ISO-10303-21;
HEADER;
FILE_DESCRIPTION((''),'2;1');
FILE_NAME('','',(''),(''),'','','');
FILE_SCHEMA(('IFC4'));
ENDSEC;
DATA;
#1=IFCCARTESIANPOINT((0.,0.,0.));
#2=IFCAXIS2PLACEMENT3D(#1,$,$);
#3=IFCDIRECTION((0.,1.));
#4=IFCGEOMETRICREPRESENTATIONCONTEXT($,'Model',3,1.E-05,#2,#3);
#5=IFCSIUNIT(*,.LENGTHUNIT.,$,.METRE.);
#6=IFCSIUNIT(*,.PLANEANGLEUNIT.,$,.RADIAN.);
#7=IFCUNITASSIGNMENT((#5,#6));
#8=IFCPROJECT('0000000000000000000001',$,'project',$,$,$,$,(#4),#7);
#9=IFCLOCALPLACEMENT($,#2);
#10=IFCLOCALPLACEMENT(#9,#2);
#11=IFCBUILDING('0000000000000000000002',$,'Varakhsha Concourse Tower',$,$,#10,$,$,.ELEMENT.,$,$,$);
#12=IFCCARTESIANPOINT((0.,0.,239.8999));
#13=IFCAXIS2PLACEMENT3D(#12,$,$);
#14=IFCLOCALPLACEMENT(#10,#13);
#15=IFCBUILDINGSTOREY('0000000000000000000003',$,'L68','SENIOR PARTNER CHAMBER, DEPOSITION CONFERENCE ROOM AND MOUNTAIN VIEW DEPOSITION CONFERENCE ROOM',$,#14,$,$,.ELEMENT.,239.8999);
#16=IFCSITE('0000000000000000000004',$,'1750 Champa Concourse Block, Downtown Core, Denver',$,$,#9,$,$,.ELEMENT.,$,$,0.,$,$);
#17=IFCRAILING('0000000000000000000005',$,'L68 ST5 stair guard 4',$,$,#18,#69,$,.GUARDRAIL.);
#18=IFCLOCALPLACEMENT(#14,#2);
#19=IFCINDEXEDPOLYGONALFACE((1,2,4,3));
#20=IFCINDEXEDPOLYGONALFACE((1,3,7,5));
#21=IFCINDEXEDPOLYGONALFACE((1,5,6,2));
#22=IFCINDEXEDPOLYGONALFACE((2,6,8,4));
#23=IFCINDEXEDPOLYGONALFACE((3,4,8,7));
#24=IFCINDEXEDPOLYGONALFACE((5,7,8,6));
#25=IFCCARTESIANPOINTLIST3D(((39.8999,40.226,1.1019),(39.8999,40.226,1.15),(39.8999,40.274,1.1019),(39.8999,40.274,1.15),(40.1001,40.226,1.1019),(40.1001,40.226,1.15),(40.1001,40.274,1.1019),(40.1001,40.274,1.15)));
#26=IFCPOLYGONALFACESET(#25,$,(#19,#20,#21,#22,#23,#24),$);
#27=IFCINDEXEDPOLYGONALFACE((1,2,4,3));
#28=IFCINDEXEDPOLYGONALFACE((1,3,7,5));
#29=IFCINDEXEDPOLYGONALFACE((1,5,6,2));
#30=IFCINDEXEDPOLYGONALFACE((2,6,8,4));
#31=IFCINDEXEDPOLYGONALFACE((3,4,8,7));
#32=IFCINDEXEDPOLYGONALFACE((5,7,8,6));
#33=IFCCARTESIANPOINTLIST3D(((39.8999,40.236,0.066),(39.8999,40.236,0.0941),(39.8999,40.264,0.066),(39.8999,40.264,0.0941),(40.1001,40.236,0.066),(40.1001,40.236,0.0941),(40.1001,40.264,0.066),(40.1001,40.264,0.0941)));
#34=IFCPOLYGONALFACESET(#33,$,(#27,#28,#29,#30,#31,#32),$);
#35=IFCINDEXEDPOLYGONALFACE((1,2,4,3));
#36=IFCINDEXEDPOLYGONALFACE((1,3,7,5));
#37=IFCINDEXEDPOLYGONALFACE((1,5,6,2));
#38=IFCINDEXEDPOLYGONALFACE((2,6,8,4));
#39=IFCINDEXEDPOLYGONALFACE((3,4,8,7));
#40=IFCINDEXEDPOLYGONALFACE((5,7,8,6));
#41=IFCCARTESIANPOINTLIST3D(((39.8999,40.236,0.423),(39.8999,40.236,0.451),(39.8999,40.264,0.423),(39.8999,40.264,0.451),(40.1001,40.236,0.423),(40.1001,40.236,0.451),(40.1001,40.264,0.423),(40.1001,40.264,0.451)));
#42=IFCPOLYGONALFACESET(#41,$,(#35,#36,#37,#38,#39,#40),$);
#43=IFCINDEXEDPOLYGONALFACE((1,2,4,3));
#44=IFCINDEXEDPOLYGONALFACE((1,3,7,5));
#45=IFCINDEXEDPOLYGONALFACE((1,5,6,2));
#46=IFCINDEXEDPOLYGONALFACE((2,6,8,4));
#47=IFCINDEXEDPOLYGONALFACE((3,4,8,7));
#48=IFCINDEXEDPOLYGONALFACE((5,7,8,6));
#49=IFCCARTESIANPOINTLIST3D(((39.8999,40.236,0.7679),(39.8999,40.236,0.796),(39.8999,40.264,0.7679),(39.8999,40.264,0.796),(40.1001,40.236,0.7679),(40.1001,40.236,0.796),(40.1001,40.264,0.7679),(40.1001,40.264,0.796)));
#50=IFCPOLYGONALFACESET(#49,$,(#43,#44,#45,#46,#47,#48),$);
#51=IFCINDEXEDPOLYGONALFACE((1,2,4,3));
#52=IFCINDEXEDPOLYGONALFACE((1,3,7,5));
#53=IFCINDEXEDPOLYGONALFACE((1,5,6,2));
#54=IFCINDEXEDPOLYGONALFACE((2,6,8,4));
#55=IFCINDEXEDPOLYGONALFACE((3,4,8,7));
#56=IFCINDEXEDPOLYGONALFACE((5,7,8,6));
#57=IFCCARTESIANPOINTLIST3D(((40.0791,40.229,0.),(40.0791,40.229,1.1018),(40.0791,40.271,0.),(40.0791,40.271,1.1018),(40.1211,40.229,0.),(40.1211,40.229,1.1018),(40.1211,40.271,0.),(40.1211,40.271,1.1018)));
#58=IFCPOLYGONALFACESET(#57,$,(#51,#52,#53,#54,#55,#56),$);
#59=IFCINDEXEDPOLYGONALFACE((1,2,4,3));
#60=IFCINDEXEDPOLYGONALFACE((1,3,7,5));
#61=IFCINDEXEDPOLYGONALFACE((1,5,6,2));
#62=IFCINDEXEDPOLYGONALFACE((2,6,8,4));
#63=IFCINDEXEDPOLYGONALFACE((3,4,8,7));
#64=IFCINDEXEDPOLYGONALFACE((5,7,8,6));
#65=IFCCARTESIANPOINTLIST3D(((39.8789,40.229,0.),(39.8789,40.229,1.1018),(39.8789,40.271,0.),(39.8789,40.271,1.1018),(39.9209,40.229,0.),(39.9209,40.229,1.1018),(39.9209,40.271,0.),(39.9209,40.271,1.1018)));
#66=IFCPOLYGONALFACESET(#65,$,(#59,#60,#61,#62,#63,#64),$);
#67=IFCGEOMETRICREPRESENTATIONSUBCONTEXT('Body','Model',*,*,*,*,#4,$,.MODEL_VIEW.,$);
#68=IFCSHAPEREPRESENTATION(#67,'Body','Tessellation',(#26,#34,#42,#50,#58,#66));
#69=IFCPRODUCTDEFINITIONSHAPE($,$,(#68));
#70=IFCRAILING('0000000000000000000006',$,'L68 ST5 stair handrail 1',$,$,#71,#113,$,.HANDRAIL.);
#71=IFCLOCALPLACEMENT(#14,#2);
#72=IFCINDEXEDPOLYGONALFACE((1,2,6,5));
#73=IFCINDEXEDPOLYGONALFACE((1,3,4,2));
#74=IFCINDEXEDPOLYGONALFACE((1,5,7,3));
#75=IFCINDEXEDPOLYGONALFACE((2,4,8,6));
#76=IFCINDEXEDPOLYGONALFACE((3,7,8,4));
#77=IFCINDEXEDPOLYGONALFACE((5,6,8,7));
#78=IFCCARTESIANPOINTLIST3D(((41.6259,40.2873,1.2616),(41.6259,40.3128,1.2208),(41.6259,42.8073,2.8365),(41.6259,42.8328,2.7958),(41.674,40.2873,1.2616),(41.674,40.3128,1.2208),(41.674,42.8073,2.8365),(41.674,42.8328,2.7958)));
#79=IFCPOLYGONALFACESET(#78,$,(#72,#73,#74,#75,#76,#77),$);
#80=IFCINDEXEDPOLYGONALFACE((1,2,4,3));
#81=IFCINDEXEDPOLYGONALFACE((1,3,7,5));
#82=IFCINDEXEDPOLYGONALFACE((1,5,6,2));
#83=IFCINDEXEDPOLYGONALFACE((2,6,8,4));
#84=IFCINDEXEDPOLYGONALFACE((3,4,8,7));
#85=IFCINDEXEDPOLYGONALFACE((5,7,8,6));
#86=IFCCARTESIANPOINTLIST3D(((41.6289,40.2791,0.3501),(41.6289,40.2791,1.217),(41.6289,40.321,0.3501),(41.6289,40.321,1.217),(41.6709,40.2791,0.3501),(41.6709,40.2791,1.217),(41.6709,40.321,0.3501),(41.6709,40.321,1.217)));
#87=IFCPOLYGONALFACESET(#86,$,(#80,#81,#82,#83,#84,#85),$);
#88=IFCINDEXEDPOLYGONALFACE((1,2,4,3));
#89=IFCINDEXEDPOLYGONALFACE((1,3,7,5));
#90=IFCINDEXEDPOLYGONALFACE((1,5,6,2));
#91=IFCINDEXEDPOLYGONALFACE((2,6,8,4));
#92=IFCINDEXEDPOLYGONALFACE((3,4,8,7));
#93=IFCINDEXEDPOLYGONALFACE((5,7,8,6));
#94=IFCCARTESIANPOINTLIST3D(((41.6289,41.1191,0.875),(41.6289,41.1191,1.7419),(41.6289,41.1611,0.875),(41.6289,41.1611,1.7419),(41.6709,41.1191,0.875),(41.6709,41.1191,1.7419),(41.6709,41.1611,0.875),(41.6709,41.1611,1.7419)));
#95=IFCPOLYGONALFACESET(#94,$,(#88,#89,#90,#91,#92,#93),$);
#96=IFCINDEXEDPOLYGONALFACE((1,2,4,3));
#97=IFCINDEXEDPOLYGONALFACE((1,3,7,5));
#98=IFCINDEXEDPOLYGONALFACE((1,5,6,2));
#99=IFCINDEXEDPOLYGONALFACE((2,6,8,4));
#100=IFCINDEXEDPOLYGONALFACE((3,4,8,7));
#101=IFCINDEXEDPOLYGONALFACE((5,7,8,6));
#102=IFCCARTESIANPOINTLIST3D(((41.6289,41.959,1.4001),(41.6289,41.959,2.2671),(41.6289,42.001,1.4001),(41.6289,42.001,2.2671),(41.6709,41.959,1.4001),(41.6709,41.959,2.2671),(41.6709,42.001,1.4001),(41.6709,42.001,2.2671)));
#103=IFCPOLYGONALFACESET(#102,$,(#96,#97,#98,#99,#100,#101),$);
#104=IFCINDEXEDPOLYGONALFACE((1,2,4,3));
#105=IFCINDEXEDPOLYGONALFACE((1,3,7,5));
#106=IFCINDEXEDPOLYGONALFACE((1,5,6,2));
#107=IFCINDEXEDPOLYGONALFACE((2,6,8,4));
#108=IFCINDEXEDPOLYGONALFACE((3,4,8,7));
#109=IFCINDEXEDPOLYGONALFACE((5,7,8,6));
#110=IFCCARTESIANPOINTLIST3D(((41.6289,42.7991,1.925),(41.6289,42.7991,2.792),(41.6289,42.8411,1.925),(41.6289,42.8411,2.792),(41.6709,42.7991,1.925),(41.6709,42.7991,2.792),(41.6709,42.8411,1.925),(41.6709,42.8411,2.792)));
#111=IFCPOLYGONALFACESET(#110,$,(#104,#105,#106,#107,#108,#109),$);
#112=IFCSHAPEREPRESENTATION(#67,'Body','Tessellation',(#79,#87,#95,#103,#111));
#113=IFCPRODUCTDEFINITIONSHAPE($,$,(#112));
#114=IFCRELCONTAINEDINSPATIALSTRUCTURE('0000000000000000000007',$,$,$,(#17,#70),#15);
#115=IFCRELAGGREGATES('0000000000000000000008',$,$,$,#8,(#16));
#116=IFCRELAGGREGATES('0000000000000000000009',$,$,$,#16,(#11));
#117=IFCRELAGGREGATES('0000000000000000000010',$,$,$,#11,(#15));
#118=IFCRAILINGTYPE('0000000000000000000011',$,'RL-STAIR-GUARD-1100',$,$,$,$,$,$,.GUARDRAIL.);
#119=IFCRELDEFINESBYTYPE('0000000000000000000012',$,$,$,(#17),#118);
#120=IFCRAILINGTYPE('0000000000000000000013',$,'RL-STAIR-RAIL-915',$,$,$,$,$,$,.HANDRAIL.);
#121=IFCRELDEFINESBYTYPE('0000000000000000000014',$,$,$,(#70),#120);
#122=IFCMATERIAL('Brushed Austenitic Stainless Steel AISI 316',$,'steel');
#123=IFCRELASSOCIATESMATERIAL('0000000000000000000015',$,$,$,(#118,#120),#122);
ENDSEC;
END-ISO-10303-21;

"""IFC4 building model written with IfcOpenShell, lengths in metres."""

from ifc_helpers import new_model, si_unit, direction, frame, origin, origin_2d, place, context, subcontext, project, spatial, rectangle, extrude, material, type_object, element, save


model = new_model("IFC4")

# Units and contexts
model_context = context("Model", 3, precision=1e-05, world=origin(), true_north=direction((0.0, 1.0)))
body_context = subcontext(model_context, "Body", "Model", "MODEL_VIEW")
ifc_project = project(units=[si_unit("LENGTHUNIT", "METRE"), si_unit("PLANEANGLEUNIT", "RADIAN")], contexts=[model_context])

# Site, building, storey
site_placement = place(None, origin())
site = spatial("IfcSite", under=ifc_project, at=site_placement, Name="1750 Champa Concourse Block, Downtown Core, Denver", CompositionType="ELEMENT", RefElevation=0.0)
building_placement = place(site_placement, origin())
building = spatial("IfcBuilding", under=site, at=building_placement, Name="Varakhsha Concourse Tower", CompositionType="ELEMENT")
storey_placement = place(building_placement, frame((0.0, 0.0, 239.8999)))
storey = spatial("IfcBuildingStorey", under=building, at=storey_placement, Name="L68", Description="SENIOR PARTNER CHAMBER, DEPOSITION CONFERENCE ROOM AND MOUNTAIN VIEW DEPOSITION CONFERENCE ROOM", CompositionType="ELEMENT", Elevation=239.8999)

# Railings
ifc_material_1 = material(Name="Brushed Austenitic Stainless Steel AISI 316", Category="steel")
railing_type_1 = type_object("IfcRailingType", Name="RL-STAIR-GUARD-1100", PredefinedType="GUARDRAIL", material=ifc_material_1)
railing_1_placement = place(storey_placement, frame((40.1001, 40.25, 0.0)))
element("IfcRailing", 1, at=railing_1_placement, inside=storey, type_object=railing_type_1, Name="L68 ST5 stair guard 4", PredefinedType="GUARDRAIL", context=body_context, shape_type="SweptSolid", body=[
    extrude(rectangle(XDim=0.0481, YDim=0.0481, at=origin_2d()), frame((0.0, 0.0, 1.126), z_axis=(-1.0, 0.0, 0.0), x_axis=(0.0, -1.0, 0.0)), (0.0, 0.0, 1.0), 0.2002),
    extrude(rectangle(XDim=0.0281, YDim=0.0281, at=origin_2d()), frame((0.0, 0.0, 0.0801), z_axis=(-1.0, 0.0, 0.0), x_axis=(0.0, -1.0, 0.0)), (0.0, 0.0, 1.0), 0.2002),
    extrude(rectangle(XDim=0.0281, YDim=0.0281, at=origin_2d()), frame((0.0, 0.0, 0.437), z_axis=(-1.0, 0.0, 0.0), x_axis=(0.0, -1.0, 0.0)), (0.0, 0.0, 1.0), 0.2002),
    extrude(rectangle(XDim=0.0281, YDim=0.0281, at=origin_2d()), frame((0.0, 0.0, 0.782), z_axis=(-1.0, 0.0, 0.0), x_axis=(0.0, -1.0, 0.0)), (0.0, 0.0, 1.0), 0.2002),
    extrude(rectangle(XDim=0.042, YDim=0.042, at=origin_2d()), origin(), (0.0, 0.0, 1.0), 1.1018),
    extrude(rectangle(XDim=0.042, YDim=0.042, at=origin_2d()), frame((-0.2002, 0.0, 0.0)), (0.0, 0.0, 1.0), 1.1018),
])
railing_type_2 = type_object("IfcRailingType", Name="RL-STAIR-RAIL-915", PredefinedType="HANDRAIL", material=ifc_material_1)
railing_2_placement = place(storey_placement, frame((41.6499, 40.3, 0.3501)))
element("IfcRailing", 2, at=railing_2_placement, inside=storey, type_object=railing_type_2, Name="L68 ST5 stair handrail 1", PredefinedType="HANDRAIL", context=body_context, shape_type="SweptSolid", body=[
    extrude(rectangle(XDim=0.0481, YDim=0.0481, at=origin_2d()), frame((0.0, 0.0, 0.8911), z_axis=(0.0, 0.848008, 0.529984), x_axis=(-1.0, 0.0, 0.0)), (0.0, 0.0, 1.0), 2.9717),
    extrude(rectangle(XDim=0.042, YDim=0.042, at=origin_2d()), origin(), (0.0, 0.0, 1.0), 0.8669),
    extrude(rectangle(XDim=0.042, YDim=0.042, at=origin_2d()), frame((0.0, 0.8401, 0.5249)), (0.0, 0.0, 1.0), 0.8669),
    extrude(rectangle(XDim=0.042, YDim=0.042, at=origin_2d()), frame((0.0, 1.6799, 1.05)), (0.0, 0.0, 1.0), 0.8669),
    extrude(rectangle(XDim=0.042, YDim=0.042, at=origin_2d()), frame((0.0, 2.52, 1.575)), (0.0, 0.0, 1.0), 0.8669),
])

save(model, "model.ifc")
